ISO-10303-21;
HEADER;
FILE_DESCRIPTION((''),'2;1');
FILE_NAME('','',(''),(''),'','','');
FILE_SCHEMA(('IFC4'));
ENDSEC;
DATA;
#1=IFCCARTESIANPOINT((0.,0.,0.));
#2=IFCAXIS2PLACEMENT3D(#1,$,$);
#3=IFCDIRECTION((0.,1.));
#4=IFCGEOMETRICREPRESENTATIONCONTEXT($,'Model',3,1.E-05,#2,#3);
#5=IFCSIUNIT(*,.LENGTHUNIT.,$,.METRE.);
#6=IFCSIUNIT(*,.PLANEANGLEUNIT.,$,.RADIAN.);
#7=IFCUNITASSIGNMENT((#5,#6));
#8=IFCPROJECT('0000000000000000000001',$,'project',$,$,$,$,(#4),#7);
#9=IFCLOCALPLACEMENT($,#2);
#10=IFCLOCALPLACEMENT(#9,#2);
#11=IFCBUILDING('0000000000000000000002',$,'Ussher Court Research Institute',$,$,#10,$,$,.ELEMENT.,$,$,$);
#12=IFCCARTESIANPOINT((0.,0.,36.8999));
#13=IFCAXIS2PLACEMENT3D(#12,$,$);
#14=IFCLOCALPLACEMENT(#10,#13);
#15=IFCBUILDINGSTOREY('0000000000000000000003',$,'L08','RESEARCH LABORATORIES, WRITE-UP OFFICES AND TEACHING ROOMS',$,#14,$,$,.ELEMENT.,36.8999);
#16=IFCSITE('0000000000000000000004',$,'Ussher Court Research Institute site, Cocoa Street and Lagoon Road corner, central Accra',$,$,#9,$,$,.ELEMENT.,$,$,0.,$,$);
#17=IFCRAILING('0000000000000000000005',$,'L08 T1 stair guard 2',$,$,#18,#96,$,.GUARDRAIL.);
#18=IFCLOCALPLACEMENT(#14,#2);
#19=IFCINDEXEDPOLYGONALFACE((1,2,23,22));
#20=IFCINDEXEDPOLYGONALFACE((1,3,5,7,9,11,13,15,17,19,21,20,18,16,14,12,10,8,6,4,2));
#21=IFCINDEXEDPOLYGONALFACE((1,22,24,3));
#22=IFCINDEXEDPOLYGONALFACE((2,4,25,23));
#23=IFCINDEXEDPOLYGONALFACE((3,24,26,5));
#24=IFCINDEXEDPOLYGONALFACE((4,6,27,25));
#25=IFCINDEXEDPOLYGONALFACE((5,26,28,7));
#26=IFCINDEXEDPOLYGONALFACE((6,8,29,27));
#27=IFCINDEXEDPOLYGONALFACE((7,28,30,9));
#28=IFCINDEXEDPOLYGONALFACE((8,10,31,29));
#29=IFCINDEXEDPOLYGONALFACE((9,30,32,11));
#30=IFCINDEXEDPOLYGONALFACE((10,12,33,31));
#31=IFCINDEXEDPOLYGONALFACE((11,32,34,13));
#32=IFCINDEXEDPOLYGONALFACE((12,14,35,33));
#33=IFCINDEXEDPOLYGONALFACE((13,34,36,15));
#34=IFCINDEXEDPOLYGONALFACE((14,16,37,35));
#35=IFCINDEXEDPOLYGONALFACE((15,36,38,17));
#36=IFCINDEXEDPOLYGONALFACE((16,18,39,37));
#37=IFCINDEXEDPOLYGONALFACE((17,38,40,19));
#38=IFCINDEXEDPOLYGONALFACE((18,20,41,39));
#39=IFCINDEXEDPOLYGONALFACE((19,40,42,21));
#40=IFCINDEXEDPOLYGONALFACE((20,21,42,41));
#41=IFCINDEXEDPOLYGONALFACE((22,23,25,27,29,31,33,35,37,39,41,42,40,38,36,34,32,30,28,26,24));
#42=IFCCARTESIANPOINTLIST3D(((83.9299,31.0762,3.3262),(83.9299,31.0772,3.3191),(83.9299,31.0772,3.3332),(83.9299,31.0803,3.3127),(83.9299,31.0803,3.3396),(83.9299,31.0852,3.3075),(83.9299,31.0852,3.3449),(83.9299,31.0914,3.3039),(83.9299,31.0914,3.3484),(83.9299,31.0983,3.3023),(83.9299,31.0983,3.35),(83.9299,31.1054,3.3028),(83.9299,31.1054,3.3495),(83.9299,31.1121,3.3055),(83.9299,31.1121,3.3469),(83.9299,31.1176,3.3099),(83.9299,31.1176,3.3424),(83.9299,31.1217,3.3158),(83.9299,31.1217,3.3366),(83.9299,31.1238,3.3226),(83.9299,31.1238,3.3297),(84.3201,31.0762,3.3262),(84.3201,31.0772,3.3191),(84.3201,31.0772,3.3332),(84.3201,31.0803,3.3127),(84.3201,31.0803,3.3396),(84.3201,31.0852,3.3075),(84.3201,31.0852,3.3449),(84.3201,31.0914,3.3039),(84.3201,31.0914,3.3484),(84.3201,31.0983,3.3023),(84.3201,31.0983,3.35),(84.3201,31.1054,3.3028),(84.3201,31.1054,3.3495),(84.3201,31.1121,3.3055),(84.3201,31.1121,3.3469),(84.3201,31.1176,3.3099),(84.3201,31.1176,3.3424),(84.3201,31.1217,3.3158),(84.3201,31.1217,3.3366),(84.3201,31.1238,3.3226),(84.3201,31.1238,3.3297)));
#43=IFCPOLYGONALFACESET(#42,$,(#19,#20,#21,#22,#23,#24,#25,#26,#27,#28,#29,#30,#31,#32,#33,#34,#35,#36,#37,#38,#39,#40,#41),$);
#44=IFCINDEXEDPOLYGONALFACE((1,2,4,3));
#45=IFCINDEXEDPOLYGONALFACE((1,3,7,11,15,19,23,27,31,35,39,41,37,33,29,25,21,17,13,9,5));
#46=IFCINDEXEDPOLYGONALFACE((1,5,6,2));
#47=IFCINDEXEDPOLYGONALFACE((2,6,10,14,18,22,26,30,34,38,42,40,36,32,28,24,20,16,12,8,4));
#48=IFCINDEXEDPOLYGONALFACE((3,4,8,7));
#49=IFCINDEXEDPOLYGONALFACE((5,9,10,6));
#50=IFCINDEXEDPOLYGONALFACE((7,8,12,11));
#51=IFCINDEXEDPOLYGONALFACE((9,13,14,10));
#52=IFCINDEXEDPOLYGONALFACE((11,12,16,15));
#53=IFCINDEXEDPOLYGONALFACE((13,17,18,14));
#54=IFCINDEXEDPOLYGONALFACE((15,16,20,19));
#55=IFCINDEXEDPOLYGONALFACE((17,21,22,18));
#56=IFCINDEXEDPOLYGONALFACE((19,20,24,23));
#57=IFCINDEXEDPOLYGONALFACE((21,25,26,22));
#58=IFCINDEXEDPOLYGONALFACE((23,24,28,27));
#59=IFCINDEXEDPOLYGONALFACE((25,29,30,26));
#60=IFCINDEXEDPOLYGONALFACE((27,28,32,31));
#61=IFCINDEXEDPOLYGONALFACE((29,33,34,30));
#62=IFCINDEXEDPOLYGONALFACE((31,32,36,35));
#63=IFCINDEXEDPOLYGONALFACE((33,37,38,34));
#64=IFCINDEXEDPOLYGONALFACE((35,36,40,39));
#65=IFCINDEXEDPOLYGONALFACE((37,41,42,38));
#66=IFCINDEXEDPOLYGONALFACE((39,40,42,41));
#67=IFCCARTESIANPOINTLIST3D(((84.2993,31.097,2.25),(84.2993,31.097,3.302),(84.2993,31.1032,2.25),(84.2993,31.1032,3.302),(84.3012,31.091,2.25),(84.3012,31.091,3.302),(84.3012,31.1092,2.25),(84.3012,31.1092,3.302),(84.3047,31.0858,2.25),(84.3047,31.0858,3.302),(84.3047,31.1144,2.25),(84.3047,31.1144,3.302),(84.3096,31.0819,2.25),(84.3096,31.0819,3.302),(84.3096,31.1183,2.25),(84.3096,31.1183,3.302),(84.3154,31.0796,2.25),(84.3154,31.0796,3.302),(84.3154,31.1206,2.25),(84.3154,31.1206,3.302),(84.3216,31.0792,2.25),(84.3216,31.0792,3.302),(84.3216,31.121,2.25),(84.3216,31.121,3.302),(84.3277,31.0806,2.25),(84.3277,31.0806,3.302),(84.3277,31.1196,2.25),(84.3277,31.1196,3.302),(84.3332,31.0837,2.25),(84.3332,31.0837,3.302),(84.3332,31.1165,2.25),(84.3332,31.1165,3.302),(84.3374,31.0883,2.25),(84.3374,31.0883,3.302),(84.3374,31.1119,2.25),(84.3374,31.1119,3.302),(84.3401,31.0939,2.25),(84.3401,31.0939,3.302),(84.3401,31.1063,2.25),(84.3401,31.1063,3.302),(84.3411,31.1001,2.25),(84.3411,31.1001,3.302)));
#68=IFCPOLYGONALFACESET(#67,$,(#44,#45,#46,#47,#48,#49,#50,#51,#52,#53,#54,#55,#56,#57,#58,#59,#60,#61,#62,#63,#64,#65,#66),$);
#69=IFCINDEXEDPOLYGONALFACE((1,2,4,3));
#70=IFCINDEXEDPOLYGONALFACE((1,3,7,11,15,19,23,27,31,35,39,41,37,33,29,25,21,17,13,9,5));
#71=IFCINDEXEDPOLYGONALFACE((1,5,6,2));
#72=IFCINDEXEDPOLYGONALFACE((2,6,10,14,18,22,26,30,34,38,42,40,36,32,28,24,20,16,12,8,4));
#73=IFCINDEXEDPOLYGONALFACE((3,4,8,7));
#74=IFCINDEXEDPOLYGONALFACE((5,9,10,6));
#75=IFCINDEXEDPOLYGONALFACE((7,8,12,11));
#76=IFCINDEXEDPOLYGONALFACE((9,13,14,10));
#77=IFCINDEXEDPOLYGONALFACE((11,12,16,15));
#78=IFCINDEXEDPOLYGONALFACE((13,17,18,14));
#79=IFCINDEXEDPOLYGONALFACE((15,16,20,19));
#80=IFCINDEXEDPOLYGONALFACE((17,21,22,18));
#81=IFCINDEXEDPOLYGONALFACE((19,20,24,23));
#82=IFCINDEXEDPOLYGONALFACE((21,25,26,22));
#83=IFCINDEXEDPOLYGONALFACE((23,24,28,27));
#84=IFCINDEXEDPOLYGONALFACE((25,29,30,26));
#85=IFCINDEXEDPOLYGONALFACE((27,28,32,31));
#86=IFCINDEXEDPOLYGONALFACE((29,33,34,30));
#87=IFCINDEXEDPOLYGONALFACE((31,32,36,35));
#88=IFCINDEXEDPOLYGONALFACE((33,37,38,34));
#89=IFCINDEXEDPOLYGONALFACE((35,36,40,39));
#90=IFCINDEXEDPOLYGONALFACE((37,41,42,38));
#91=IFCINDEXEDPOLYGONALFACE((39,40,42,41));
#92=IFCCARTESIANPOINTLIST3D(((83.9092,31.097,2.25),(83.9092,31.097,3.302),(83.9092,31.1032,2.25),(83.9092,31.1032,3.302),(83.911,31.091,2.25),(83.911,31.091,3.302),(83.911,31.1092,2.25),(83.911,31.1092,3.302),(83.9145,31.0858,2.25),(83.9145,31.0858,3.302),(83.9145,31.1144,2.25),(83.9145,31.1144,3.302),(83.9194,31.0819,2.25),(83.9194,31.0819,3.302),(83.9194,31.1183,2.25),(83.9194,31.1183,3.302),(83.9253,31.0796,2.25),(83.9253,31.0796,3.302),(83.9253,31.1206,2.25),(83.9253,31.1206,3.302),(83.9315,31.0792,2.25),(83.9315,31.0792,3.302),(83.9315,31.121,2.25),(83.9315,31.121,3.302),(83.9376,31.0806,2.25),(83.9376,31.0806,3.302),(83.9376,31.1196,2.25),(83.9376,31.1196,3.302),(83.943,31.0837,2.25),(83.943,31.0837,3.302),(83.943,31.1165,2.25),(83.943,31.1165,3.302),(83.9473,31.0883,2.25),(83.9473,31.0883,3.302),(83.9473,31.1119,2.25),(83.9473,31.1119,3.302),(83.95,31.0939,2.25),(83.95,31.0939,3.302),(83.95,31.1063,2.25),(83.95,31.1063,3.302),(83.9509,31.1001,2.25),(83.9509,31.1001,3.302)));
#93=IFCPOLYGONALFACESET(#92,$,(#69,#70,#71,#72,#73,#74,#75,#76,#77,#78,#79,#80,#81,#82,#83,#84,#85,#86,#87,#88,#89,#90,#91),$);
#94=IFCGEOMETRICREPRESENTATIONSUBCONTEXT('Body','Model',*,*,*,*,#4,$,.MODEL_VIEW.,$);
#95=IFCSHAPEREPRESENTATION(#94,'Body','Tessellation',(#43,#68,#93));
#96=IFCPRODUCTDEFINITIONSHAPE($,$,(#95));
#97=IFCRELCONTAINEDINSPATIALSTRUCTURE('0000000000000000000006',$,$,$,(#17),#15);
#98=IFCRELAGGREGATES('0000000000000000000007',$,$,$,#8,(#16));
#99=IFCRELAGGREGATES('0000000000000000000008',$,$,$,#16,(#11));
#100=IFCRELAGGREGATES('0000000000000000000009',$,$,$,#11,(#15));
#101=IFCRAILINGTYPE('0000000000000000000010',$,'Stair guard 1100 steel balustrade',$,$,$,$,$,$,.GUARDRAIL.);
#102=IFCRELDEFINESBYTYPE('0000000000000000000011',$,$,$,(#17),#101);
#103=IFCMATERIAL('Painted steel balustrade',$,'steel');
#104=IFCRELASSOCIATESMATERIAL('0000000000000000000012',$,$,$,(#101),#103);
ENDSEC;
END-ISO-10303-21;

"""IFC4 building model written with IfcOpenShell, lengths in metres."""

from ifc_helpers import new_model, si_unit, direction, frame, origin, origin_2d, place, context, subcontext, project, spatial, circle, extrude, material, type_object, element, save


model = new_model("IFC4")

# Units and contexts
model_context = context("Model", 3, precision=1e-05, world=origin(), true_north=direction((0.0, 1.0)))
body_context = subcontext(model_context, "Body", "Model", "MODEL_VIEW")
ifc_project = project(units=[si_unit("LENGTHUNIT", "METRE"), si_unit("PLANEANGLEUNIT", "RADIAN")], contexts=[model_context])

# Site, building, storey
site_placement = place(None, origin())
site = spatial("IfcSite", under=ifc_project, at=site_placement, Name="Ussher Court Research Institute site, Cocoa Street and Lagoon Road corner, central Accra", CompositionType="ELEMENT", RefElevation=0.0)
building_placement = place(site_placement, origin())
building = spatial("IfcBuilding", under=site, at=building_placement, Name="Ussher Court Research Institute", CompositionType="ELEMENT")
storey_placement = place(building_placement, frame((0.0, 0.0, 36.8999)))
storey = spatial("IfcBuildingStorey", under=building, at=storey_placement, Name="L08", Description="RESEARCH LABORATORIES, WRITE-UP OFFICES AND TEACHING ROOMS", CompositionType="ELEMENT", Elevation=36.8999)

# Railing
ifc_material_1 = material(Name="Painted steel balustrade", Category="steel")
railing_type_1 = type_object("IfcRailingType", Name="Stair guard 1100 steel balustrade", PredefinedType="GUARDRAIL", material=ifc_material_1)
railing_1_placement = place(storey_placement, frame((84.3201, 31.1001, 2.25)))
element("IfcRailing", 1, at=railing_1_placement, inside=storey, type_object=railing_type_1, Name="L08 T1 stair guard 2", PredefinedType="GUARDRAIL", context=body_context, shape_type="SweptSolid", body=[
    extrude(circle(Radius=0.0239, at=origin_2d()), frame((0.0, 0.0, 1.0762), z_axis=(-1.0, 0.0, 0.0), x_axis=(0.0, -1.0, 0.0)), (0.0, 0.0, 1.0), 0.3901),
    extrude(circle(Radius=0.021, at=origin_2d()), origin(), (0.0, 0.0, 1.0), 1.052),
    extrude(circle(Radius=0.021, at=origin_2d()), frame((-0.3901, 0.0, 0.0)), (0.0, 0.0, 1.0), 1.052),
])

save(model, "model.ifc")
